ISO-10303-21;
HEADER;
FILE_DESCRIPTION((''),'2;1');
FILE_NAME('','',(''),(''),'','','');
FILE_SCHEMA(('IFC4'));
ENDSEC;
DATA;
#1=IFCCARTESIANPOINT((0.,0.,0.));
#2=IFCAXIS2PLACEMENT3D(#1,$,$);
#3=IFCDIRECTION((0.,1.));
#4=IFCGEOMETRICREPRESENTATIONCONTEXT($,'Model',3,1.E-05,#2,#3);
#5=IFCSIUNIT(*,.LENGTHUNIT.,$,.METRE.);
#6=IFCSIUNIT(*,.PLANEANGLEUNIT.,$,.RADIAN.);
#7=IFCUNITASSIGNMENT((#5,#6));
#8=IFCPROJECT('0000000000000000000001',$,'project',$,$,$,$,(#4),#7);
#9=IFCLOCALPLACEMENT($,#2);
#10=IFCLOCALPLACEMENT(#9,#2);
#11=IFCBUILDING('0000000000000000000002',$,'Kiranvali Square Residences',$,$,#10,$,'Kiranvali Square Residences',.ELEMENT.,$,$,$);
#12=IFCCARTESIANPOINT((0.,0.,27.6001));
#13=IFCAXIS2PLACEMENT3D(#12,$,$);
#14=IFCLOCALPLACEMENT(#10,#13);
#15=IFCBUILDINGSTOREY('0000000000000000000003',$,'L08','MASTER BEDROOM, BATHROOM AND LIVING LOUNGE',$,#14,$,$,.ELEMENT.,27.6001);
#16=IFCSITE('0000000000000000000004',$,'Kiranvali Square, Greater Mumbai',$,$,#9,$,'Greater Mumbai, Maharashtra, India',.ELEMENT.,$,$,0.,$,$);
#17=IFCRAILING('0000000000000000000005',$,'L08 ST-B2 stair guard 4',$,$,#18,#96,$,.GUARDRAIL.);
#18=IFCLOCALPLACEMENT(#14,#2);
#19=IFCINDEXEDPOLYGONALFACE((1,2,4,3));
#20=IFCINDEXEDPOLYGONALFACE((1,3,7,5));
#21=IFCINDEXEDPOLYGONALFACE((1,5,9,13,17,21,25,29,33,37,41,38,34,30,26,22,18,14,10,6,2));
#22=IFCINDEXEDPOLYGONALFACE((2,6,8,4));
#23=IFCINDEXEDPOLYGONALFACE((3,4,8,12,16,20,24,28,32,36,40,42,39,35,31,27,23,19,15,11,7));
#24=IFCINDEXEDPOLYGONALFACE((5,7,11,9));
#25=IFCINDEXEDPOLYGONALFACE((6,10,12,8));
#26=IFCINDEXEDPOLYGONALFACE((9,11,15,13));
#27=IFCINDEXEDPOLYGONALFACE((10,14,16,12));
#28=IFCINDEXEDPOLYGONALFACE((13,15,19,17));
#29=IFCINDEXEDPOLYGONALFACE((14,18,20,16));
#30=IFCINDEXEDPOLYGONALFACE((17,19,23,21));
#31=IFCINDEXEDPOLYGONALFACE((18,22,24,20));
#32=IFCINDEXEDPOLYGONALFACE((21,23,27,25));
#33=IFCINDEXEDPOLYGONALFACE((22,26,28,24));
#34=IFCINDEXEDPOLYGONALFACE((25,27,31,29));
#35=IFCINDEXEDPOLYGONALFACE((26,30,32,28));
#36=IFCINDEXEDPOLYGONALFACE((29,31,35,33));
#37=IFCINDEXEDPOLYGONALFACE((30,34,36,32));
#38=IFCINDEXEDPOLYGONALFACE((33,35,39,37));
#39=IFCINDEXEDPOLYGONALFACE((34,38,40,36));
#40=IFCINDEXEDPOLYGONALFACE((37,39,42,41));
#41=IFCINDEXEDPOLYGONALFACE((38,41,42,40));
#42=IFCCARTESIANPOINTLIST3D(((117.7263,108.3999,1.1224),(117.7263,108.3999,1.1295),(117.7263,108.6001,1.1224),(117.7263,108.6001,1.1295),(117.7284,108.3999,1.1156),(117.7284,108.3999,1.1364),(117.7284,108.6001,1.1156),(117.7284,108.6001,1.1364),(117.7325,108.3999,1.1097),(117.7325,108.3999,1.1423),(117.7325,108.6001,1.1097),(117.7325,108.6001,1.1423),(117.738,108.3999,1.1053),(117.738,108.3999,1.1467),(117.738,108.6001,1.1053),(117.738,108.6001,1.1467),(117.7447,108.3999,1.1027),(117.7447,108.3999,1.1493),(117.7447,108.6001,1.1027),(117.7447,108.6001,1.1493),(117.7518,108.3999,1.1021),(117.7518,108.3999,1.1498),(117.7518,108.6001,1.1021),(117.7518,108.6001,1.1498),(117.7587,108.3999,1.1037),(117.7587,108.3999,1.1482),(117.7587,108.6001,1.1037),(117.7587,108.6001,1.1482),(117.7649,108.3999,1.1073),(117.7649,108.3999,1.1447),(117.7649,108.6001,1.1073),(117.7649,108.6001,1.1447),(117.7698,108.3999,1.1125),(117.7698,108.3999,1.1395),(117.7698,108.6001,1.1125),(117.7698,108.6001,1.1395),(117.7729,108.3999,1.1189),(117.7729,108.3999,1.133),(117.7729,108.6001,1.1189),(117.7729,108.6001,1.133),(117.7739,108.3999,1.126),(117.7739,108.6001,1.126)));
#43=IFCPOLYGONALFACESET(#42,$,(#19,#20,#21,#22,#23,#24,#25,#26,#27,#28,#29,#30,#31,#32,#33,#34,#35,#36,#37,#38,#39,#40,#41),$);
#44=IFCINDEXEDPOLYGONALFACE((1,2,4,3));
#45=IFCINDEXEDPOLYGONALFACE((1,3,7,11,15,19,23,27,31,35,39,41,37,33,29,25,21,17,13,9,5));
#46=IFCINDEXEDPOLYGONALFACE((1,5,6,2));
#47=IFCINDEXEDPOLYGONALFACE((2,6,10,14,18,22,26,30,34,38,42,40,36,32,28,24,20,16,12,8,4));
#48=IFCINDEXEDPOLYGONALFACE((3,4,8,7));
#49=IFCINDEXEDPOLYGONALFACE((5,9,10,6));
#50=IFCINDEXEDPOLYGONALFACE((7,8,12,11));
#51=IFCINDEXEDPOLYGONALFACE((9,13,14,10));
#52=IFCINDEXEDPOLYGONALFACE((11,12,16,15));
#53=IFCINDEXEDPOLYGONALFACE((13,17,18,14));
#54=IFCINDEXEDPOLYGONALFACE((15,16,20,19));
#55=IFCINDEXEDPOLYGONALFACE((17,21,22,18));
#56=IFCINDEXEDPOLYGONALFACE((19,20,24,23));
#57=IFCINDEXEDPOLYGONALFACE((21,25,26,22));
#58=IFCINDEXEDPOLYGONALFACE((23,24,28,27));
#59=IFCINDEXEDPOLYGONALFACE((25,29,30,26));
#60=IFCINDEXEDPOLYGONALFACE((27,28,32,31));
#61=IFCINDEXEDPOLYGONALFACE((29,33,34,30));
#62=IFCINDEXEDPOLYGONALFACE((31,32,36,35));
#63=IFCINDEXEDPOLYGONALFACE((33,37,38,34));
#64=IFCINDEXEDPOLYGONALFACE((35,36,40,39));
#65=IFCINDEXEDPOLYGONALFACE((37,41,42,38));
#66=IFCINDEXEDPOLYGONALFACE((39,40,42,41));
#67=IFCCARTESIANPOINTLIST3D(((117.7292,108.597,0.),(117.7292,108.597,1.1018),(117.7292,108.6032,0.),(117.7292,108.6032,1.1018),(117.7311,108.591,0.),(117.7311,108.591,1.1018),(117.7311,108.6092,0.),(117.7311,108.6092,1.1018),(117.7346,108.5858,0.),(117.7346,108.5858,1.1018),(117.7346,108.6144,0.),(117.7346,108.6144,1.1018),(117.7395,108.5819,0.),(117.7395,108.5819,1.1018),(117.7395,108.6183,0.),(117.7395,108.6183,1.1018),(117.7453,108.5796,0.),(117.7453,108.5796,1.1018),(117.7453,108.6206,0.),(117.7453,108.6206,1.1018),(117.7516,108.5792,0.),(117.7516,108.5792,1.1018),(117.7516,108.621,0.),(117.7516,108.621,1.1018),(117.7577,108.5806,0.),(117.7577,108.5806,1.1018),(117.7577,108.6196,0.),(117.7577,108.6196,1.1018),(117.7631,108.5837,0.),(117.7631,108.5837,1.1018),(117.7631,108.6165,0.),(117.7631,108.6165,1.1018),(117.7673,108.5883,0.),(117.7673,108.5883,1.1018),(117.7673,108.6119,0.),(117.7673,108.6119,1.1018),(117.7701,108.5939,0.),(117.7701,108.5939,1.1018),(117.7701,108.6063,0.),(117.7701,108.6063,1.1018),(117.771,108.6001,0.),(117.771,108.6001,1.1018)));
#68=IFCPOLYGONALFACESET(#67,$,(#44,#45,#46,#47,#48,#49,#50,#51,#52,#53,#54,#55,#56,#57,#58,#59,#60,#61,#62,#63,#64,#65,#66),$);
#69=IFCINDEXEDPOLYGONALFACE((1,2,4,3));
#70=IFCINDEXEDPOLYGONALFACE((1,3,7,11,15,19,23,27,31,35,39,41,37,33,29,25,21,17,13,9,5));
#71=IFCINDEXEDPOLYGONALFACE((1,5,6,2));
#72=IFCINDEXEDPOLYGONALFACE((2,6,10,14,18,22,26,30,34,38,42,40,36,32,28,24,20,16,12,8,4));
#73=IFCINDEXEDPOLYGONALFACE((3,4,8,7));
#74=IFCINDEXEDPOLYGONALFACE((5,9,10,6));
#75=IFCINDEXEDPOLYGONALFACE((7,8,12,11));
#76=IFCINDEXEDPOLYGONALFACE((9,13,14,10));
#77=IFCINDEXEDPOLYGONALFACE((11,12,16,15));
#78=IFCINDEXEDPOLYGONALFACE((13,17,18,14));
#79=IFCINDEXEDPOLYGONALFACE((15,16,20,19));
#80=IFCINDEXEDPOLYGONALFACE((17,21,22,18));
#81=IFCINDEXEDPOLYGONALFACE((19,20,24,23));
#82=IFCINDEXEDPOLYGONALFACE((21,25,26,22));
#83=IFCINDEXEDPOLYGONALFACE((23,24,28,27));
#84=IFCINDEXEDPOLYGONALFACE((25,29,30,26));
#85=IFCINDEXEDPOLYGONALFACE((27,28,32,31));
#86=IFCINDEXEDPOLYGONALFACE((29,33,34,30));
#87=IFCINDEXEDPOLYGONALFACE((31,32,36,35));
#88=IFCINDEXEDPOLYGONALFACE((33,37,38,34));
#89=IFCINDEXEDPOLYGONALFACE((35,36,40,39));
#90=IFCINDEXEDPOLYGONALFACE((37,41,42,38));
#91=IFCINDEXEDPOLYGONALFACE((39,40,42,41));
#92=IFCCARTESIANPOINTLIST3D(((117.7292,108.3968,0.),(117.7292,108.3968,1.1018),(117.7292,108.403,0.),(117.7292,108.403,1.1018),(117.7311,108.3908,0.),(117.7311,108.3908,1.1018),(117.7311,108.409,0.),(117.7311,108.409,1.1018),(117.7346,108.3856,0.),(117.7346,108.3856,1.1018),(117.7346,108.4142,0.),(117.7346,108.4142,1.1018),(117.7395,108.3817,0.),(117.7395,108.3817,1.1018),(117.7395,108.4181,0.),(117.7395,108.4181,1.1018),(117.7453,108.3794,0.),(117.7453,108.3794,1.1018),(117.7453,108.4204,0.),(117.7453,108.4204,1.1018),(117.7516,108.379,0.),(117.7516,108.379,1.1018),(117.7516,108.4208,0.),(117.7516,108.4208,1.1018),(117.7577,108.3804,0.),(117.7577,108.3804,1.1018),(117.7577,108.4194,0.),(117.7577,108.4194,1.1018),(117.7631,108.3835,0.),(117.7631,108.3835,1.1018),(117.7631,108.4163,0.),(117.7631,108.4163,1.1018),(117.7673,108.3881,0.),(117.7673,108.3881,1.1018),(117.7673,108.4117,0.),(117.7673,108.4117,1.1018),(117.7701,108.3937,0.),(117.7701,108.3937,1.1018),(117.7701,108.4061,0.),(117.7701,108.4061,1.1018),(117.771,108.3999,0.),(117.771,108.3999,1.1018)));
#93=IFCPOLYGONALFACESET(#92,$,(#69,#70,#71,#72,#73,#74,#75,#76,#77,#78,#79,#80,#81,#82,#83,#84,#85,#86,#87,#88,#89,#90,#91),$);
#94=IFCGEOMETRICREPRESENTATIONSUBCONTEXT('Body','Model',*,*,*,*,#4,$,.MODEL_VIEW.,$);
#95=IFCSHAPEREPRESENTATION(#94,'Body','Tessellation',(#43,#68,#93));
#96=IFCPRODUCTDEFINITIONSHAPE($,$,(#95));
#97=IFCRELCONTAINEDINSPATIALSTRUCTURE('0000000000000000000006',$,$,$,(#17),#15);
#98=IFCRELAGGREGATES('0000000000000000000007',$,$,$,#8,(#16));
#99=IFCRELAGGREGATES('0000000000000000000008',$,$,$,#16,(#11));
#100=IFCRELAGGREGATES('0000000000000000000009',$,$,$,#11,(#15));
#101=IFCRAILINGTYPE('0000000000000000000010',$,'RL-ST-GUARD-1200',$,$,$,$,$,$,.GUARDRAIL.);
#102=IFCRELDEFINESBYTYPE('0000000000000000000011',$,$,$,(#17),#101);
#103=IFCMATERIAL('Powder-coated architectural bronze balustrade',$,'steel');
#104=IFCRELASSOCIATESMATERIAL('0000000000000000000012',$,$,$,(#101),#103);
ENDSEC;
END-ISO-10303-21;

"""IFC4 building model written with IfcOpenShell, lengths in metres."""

from ifc_helpers import new_model, si_unit, direction, frame, origin, origin_2d, place, context, subcontext, project, spatial, circle, extrude, material, type_object, element, save


model = new_model("IFC4")

# Units and contexts
model_context = context("Model", 3, precision=1e-05, world=origin(), true_north=direction((0.0, 1.0)))
body_context = subcontext(model_context, "Body", "Model", "MODEL_VIEW")
ifc_project = project(units=[si_unit("LENGTHUNIT", "METRE"), si_unit("PLANEANGLEUNIT", "RADIAN")], contexts=[model_context])

# Site, building, storey
site_placement = place(None, origin())
site = spatial("IfcSite", under=ifc_project, at=site_placement, Name="Kiranvali Square, Greater Mumbai", LongName="Greater Mumbai, Maharashtra, India", CompositionType="ELEMENT", RefElevation=0.0)
building_placement = place(site_placement, origin())
building = spatial("IfcBuilding", under=site, at=building_placement, Name="Kiranvali Square Residences", LongName="Kiranvali Square Residences", CompositionType="ELEMENT")
storey_placement = place(building_placement, frame((0.0, 0.0, 27.6001)))
storey = spatial("IfcBuildingStorey", under=building, at=storey_placement, Name="L08", Description="MASTER BEDROOM, BATHROOM AND LIVING LOUNGE", CompositionType="ELEMENT", Elevation=27.6001)

# Railing
ifc_material_1 = material(Name="Powder-coated architectural bronze balustrade", Category="steel")
railing_type_1 = type_object("IfcRailingType", Name="RL-ST-GUARD-1200", PredefinedType="GUARDRAIL", material=ifc_material_1)
railing_1_placement = place(storey_placement, frame((117.75, 108.6001, 0.0)))
element("IfcRailing", 1, at=railing_1_placement, inside=storey, type_object=railing_type_1, Name="L08 ST-B2 stair guard 4", PredefinedType="GUARDRAIL", context=body_context, shape_type="SweptSolid", body=[
    extrude(circle(Radius=0.0239, at=origin_2d()), frame((0.0, 0.0, 1.126), z_axis=(0.0, -1.0, 0.0), x_axis=(1.0, 0.0, 0.0)), (0.0, 0.0, 1.0), 0.2002),
    extrude(circle(Radius=0.021, at=origin_2d()), origin(), (0.0, 0.0, 1.0), 1.1018),
    extrude(circle(Radius=0.021, at=origin_2d()), frame((0.0, -0.2002, 0.0)), (0.0, 0.0, 1.0), 1.1018),
])

save(model, "model.ifc")
